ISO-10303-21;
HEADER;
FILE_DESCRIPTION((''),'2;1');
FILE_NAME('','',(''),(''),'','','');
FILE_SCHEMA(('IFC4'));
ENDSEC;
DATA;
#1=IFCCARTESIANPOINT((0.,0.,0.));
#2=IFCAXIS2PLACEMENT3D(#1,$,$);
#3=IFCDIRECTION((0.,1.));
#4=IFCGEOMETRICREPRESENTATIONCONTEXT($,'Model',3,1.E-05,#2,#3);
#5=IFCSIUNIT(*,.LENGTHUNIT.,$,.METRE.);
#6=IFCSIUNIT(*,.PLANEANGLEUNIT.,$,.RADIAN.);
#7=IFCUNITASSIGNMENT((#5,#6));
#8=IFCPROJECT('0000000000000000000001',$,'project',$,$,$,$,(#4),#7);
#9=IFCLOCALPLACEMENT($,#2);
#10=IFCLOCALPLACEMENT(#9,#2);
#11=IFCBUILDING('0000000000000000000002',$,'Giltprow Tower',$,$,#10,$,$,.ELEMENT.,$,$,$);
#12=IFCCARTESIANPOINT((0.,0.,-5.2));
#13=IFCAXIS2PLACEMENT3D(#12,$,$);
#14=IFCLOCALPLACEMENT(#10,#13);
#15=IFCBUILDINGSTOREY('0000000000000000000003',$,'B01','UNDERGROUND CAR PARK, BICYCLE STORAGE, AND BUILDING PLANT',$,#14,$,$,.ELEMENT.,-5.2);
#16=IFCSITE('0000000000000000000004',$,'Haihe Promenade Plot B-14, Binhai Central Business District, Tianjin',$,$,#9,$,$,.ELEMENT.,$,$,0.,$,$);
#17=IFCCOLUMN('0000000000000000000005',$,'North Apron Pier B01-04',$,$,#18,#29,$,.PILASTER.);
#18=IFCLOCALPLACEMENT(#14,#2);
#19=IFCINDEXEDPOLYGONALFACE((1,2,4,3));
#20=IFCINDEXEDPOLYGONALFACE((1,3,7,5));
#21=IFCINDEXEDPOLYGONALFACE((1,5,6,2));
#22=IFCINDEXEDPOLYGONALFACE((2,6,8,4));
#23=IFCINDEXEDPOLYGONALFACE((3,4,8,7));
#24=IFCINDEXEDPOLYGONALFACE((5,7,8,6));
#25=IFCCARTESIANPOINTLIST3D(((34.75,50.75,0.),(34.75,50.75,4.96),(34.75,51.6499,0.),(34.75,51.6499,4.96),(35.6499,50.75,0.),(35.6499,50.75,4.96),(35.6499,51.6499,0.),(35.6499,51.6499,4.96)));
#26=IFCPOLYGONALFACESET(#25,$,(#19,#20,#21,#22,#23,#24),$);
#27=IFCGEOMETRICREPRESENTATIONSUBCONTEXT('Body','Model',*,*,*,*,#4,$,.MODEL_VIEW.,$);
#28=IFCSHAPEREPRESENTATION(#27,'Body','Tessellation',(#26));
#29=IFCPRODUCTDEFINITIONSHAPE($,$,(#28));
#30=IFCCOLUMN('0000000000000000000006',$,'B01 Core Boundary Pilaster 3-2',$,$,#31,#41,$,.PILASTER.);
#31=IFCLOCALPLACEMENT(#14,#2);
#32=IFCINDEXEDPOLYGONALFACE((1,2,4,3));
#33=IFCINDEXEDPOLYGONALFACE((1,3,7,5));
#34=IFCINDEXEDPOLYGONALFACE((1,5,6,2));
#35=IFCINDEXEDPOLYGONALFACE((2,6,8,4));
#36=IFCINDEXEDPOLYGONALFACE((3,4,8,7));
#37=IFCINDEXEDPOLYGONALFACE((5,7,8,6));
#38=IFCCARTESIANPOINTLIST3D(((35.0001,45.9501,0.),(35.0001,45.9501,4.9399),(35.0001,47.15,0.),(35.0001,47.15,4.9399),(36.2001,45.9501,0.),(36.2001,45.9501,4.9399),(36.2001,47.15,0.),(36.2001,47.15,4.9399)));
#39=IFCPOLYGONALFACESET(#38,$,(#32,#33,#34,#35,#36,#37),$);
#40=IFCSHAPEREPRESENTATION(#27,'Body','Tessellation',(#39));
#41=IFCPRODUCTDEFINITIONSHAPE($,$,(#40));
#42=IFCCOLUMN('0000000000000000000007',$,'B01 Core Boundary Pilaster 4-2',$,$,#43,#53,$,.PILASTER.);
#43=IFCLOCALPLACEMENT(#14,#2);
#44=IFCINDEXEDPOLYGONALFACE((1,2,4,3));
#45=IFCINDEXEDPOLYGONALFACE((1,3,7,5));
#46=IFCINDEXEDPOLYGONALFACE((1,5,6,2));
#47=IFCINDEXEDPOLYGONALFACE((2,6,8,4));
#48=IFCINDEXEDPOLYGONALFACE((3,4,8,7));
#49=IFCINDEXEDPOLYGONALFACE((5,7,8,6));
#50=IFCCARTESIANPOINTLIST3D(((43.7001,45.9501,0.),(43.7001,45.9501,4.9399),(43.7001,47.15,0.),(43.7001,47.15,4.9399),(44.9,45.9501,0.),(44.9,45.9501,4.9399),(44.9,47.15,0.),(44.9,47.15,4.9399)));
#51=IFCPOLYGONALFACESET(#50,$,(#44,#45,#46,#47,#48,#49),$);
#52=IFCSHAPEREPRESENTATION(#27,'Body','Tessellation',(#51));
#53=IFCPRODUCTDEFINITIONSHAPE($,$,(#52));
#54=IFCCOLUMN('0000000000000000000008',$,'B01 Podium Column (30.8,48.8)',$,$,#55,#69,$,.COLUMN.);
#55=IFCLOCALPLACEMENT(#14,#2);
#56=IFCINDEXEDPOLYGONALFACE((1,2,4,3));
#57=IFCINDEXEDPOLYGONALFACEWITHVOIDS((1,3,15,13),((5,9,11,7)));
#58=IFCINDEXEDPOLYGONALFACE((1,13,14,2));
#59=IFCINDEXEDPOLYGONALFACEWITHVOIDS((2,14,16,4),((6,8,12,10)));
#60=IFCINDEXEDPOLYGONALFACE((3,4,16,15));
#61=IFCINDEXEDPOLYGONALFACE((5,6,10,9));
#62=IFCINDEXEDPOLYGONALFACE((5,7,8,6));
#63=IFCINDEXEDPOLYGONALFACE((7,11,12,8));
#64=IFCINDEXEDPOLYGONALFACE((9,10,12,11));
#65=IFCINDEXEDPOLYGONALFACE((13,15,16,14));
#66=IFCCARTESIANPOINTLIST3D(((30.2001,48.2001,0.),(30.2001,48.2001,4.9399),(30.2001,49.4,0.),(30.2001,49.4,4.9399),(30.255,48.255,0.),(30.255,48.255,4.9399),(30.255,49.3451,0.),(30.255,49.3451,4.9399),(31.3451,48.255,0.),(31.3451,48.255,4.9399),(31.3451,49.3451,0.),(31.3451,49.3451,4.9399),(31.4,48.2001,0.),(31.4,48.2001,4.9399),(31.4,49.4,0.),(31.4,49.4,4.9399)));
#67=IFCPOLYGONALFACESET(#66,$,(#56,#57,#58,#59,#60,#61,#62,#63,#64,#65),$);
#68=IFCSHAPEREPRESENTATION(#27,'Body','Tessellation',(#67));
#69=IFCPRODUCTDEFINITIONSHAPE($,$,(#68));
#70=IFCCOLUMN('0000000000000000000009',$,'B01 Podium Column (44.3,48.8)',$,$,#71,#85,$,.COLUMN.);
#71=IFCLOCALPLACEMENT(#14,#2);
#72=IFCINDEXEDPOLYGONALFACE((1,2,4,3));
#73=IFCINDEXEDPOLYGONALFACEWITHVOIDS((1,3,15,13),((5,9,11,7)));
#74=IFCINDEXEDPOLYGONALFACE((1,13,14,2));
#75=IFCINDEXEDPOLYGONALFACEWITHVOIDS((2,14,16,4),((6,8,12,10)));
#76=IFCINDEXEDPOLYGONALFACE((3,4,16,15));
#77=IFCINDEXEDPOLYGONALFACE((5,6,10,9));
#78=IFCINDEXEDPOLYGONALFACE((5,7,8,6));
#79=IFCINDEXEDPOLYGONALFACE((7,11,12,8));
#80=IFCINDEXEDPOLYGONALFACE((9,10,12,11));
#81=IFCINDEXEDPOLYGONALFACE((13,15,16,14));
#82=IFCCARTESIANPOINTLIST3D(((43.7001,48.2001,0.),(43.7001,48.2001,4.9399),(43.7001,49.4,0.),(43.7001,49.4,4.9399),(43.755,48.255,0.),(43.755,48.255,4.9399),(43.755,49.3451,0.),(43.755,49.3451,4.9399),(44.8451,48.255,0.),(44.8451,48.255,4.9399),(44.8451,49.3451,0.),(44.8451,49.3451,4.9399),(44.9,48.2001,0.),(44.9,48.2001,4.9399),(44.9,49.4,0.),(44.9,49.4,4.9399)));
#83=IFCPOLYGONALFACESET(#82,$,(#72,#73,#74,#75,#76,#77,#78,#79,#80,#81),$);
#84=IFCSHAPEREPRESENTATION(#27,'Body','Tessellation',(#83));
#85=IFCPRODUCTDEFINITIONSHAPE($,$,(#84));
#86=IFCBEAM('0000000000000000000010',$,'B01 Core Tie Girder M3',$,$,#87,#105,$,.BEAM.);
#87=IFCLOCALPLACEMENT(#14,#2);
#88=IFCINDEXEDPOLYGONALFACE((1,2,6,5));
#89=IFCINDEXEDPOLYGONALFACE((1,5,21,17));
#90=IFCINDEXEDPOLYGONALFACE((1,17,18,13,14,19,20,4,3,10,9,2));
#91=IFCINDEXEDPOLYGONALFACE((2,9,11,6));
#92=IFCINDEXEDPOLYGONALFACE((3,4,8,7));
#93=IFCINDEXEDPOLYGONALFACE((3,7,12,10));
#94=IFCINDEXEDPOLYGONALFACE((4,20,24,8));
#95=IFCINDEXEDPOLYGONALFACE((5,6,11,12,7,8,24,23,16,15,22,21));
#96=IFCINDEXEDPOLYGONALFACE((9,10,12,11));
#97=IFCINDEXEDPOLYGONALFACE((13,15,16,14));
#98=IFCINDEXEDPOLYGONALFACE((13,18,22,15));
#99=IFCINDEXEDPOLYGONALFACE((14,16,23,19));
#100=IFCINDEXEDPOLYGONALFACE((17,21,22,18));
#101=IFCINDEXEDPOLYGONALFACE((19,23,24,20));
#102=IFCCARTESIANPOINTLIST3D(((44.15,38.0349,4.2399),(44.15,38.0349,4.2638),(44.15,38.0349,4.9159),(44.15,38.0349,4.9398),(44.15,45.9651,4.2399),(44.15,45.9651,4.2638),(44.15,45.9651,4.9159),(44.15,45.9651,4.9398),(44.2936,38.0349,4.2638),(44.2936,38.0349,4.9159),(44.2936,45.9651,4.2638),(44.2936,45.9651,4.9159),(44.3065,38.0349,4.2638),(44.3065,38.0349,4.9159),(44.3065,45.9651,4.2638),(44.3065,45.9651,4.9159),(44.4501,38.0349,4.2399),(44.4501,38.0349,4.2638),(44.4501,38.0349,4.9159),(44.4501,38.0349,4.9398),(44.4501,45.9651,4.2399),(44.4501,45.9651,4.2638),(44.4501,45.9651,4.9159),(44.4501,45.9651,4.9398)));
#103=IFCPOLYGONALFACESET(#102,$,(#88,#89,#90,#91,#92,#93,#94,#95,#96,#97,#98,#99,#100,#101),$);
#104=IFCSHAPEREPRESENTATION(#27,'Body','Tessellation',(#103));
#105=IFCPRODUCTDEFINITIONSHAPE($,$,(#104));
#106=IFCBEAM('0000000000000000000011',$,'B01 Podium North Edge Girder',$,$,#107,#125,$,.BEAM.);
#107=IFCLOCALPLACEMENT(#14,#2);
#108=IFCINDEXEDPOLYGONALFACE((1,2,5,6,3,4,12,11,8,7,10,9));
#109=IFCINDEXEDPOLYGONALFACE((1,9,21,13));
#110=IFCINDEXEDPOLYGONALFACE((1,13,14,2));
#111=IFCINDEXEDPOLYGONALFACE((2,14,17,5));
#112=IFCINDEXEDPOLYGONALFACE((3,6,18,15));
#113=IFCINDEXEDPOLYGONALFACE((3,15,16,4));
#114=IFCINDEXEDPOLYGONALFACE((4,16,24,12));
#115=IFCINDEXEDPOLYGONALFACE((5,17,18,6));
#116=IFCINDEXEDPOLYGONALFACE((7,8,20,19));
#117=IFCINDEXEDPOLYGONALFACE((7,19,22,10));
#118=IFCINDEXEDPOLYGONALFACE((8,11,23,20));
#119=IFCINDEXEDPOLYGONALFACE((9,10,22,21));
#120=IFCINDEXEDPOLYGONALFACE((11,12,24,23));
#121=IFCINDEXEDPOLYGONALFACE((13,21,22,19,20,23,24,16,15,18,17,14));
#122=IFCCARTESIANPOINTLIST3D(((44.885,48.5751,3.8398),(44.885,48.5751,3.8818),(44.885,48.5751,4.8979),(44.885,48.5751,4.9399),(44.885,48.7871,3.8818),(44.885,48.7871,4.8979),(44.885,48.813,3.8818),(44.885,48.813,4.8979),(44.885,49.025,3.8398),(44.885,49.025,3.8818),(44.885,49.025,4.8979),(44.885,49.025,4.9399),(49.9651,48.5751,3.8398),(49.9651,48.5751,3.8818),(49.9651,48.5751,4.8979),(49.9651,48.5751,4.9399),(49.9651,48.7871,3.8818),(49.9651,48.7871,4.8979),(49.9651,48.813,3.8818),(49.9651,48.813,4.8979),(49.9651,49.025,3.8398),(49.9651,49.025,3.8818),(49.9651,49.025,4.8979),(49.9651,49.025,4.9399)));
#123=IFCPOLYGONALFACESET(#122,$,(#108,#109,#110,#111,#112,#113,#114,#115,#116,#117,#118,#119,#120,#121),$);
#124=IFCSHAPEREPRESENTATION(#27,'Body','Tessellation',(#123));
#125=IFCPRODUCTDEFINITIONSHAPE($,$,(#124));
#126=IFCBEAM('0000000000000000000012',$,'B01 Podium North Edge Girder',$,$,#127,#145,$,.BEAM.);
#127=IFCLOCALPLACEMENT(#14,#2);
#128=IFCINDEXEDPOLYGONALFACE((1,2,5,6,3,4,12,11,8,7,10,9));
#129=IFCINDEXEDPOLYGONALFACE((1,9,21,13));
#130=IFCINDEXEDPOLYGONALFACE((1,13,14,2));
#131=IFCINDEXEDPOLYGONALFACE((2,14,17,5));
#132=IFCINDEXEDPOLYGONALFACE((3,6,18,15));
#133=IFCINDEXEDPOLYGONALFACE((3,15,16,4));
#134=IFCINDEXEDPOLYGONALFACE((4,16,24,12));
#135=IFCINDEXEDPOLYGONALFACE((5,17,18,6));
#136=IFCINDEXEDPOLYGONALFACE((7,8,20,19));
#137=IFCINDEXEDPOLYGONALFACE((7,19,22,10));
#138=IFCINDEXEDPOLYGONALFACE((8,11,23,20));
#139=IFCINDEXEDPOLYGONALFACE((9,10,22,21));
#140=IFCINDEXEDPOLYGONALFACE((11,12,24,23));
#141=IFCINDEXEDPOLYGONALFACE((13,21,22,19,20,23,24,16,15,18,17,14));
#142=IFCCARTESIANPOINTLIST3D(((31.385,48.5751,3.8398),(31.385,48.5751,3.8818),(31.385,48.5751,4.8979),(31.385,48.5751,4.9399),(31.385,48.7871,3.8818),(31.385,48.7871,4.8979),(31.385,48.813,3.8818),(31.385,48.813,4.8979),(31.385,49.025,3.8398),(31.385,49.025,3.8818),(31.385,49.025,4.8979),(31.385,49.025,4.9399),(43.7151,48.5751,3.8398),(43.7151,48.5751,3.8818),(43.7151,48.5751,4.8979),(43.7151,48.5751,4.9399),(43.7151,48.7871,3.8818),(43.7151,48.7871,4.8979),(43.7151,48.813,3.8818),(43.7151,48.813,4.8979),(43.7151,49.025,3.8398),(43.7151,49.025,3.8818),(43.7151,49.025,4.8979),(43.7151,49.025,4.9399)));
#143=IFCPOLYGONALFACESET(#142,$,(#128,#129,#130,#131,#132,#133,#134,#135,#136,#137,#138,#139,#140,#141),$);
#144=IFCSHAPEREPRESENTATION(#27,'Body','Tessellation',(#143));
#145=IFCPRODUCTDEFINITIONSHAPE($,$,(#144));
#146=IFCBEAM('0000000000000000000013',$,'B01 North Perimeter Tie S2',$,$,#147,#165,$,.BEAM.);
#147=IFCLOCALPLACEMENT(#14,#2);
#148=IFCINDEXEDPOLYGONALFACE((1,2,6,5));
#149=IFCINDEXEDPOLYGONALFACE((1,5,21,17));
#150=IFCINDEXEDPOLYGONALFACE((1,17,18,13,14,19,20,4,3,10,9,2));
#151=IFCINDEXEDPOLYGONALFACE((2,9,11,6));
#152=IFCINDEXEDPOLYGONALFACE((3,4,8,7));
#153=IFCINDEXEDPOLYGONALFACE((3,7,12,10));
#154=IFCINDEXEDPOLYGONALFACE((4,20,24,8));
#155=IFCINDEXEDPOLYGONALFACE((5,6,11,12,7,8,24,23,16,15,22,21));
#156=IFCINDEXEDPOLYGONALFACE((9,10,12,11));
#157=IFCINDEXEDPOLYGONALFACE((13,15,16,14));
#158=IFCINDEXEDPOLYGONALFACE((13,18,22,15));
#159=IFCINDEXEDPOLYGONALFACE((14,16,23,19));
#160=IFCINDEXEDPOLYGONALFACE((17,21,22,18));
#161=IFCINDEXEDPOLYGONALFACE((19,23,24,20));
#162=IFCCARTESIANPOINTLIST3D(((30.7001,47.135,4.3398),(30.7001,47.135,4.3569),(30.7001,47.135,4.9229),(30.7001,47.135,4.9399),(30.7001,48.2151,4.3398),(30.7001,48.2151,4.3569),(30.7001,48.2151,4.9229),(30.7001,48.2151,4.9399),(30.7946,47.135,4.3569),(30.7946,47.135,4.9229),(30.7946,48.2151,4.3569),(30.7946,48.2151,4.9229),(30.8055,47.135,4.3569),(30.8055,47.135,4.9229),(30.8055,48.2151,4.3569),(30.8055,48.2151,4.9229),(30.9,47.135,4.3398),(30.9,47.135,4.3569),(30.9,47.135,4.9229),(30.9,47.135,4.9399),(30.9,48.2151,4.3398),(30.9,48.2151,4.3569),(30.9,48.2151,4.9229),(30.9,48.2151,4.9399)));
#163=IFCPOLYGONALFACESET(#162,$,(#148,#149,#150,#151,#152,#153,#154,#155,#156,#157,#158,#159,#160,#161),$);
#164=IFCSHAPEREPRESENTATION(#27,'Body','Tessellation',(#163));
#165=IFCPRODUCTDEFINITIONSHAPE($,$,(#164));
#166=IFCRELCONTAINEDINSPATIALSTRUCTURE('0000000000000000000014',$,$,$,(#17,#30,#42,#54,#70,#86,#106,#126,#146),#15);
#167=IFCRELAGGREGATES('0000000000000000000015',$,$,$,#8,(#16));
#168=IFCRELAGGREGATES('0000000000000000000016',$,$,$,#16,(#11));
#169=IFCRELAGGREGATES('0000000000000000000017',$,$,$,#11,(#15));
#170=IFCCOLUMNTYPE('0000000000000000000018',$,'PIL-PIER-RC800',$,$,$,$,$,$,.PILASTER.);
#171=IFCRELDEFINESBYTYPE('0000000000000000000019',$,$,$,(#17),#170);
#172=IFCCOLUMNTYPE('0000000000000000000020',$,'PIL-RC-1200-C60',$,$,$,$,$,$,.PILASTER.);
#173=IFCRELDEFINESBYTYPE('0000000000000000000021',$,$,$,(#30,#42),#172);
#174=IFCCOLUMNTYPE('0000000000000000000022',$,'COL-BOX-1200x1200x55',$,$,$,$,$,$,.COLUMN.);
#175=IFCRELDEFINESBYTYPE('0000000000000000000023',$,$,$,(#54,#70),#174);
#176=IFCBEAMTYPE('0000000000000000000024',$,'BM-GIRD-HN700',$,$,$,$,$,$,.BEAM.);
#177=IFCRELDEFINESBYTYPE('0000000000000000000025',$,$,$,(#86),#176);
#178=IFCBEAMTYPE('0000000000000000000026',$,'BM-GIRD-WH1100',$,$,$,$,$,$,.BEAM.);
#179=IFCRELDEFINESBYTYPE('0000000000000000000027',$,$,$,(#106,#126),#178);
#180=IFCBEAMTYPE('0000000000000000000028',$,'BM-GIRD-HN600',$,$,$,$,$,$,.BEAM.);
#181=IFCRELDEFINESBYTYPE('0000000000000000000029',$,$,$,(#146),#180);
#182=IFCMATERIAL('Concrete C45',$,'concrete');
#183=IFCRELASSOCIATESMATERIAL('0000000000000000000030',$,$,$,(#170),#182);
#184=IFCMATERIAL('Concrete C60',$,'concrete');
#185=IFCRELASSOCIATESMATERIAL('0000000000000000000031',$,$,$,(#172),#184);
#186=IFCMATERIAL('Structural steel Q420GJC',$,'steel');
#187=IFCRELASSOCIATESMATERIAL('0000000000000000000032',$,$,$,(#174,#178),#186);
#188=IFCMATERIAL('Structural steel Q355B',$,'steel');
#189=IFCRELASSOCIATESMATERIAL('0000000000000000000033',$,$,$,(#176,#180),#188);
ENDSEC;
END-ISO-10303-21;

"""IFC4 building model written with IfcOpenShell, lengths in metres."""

from ifc_helpers import new_model, si_unit, direction, frame, origin, origin_2d, place, context, subcontext, project, spatial, rectangle, hollow_rectangle, i_section, extrude, source, transform, mapped, material, material_profile, profile_set, type_object, element, save


model = new_model("IFC4")

# Units and contexts
model_context = context("Model", 3, precision=1e-05, world=origin(), true_north=direction((0.0, 1.0)))
body_context = subcontext(model_context, "Body", "Model", "MODEL_VIEW")
ifc_project = project(units=[si_unit("LENGTHUNIT", "METRE"), si_unit("PLANEANGLEUNIT", "RADIAN")], contexts=[model_context])

# Site, building, storey
site_placement = place(None, origin())
site = spatial("IfcSite", under=ifc_project, at=site_placement, Name="Haihe Promenade Plot B-14, Binhai Central Business District, Tianjin", CompositionType="ELEMENT", RefElevation=0.0)
building_placement = place(site_placement, origin())
building = spatial("IfcBuilding", under=site, at=building_placement, Name="Giltprow Tower", CompositionType="ELEMENT")
storey_placement = place(building_placement, frame((0.0, 0.0, -5.2)))
storey = spatial("IfcBuildingStorey", under=building, at=storey_placement, Name="B01", Description="UNDERGROUND CAR PARK, BICYCLE STORAGE, AND BUILDING PLANT", CompositionType="ELEMENT", Elevation=-5.2)

# Columns
ifc_material_1 = material(Name="Concrete C45", Category="concrete")
ifc_material_profile_1 = material_profile(ifc_material_1, rectangle(XDim=0.8999, YDim=0.8999, at=origin_2d()), Name="RC 900x900")
ifc_profile_set_1 = profile_set([ifc_material_profile_1], Name="Concrete C45")
column_type_1 = type_object("IfcColumnType", Name="PIL-PIER-RC800", PredefinedType="PILASTER", material=ifc_profile_set_1)
shared_shape_1 = source(origin(), body_context, "Body", "SweptSolid", [
    extrude(rectangle(XDim=0.8999, YDim=0.8999, at=origin_2d()), origin(), (0.0, 0.0, 1.0), 4.96),
])
column_placement = place(storey_placement, frame((35.2, 51.2, 0.0), z_axis=(0.0, 0.0, 1.0), x_axis=(1.0, 0.0, 0.0)))
element("IfcColumn", 1, at=column_placement, inside=storey, type_object=column_type_1, Name="North Apron Pier B01-04", PredefinedType="PILASTER", context=body_context, shape_type="MappedRepresentation", body=[
    mapped(shared_shape_1, transform((0.0, 0.0, 0.0), x_axis=(1.0, 0.0, 0.0), y_axis=(0.0, 1.0, 0.0), z_axis=(0.0, 0.0, 1.0), scale=1.0)),
])
ifc_material_2 = material(Name="Concrete C60", Category="concrete")
ifc_material_profile_2 = material_profile(ifc_material_2, rectangle(XDim=1.2, YDim=1.2, at=origin_2d()), Name="RC 1200x1200")
ifc_profile_set_2 = profile_set([ifc_material_profile_2], Name="Concrete C60")
column_type_2 = type_object("IfcColumnType", Name="PIL-RC-1200-C60", PredefinedType="PILASTER", material=ifc_profile_set_2)
shared_shape_2 = source(origin(), body_context, "Body", "SweptSolid", [
    extrude(rectangle(XDim=1.2, YDim=1.2, at=origin_2d()), origin(), (0.0, 0.0, 1.0), 4.9399),
])
for number, where, z_axis, x_axis, name in (
    (2, (35.6001, 46.55, 0.0), (0.0, 0.0, 1.0), (1.0, 0.0, 0.0), "B01 Core Boundary Pilaster 3-2"),
    (3, (44.3, 46.55, 0.0), (0.0, 0.0, 1.0), (1.0, 0.0, 0.0), "B01 Core Boundary Pilaster 4-2"),
):
    element("IfcColumn", number, at=place(storey_placement, frame(where, z_axis=z_axis, x_axis=x_axis)), inside=storey, type_object=column_type_2, Name=name, PredefinedType="PILASTER", context=body_context, shape_type="MappedRepresentation", body=[
        mapped(shared_shape_2, transform((0.0, 0.0, 0.0), x_axis=(1.0, 0.0, 0.0), y_axis=(0.0, 1.0, 0.0), z_axis=(0.0, 0.0, 1.0), scale=1.0)),
    ])
ifc_material_3 = material(Name="Structural steel Q420GJC", Category="steel")
ifc_material_profile_3 = material_profile(ifc_material_3, hollow_rectangle(XDim=1.2, YDim=1.2, WallThickness=0.0549, at=origin_2d()), Name="BOX 1200x1200x55")
ifc_profile_set_3 = profile_set([ifc_material_profile_3], Name="Structural steel Q420GJC")
column_type_3 = type_object("IfcColumnType", Name="COL-BOX-1200x1200x55", PredefinedType="COLUMN", material=ifc_profile_set_3)
shared_shape_3 = source(origin(), body_context, "Body", "SweptSolid", [
    extrude(hollow_rectangle(XDim=1.2, YDim=1.2, WallThickness=0.0549, at=origin_2d()), origin(), (0.0, 0.0, 1.0), 4.9399),
])
for number, where, z_axis, x_axis, name in (
    (4, (30.8, 48.8, 0.0), (0.0, 0.0, 1.0), (1.0, 0.0, 0.0), "B01 Podium Column (30.8,48.8)"),
    (5, (44.3, 48.8, 0.0), (0.0, 0.0, 1.0), (1.0, 0.0, 0.0), "B01 Podium Column (44.3,48.8)"),
):
    element("IfcColumn", number, at=place(storey_placement, frame(where, z_axis=z_axis, x_axis=x_axis)), inside=storey, type_object=column_type_3, Name=name, PredefinedType="COLUMN", context=body_context, shape_type="MappedRepresentation", body=[
        mapped(shared_shape_3, transform((0.0, 0.0, 0.0), x_axis=(1.0, 0.0, 0.0), y_axis=(0.0, 1.0, 0.0), z_axis=(0.0, 0.0, 1.0), scale=1.0)),
    ])

# Beams
ifc_material_4 = material(Name="Structural steel Q355B", Category="steel")
ifc_material_profile_4 = material_profile(ifc_material_4, i_section(OverallWidth=0.3, OverallDepth=0.7, WebThickness=0.0129, FlangeThickness=0.0239, at=origin_2d()), Name="HN 700x300x13x24")
ifc_profile_set_4 = profile_set([ifc_material_profile_4], Name="Structural steel Q355B")
beam_type_1 = type_object("IfcBeamType", Name="BM-GIRD-HN700", PredefinedType="BEAM", material=ifc_profile_set_4)
shared_shape_4 = source(origin(), body_context, "Body", "SweptSolid", [
    extrude(i_section(OverallWidth=0.3, OverallDepth=0.7, WebThickness=0.0129, FlangeThickness=0.0239, at=origin_2d()), origin(), (0.0, 0.0, 1.0), 7.9302),
])
beam_1_placement = place(storey_placement, frame((44.3, 38.0349, 4.5898), z_axis=(0.0, 1.0, 0.0), x_axis=(-1.0, 0.0, 0.0)))
element("IfcBeam", 6, at=beam_1_placement, inside=storey, type_object=beam_type_1, Name="B01 Core Tie Girder M3", PredefinedType="BEAM", context=body_context, shape_type="MappedRepresentation", body=[
    mapped(shared_shape_4, transform((0.0, 0.0, 0.0), x_axis=(1.0, 0.0, 0.0), y_axis=(0.0, 1.0, 0.0), z_axis=(0.0, 0.0, 1.0), scale=1.0)),
])
ifc_material_profile_5 = material_profile(ifc_material_3, i_section(OverallWidth=0.45, OverallDepth=1.1001, WebThickness=0.0259, FlangeThickness=0.042, at=origin_2d()), Name="WH 1100x450x26x42")
ifc_profile_set_5 = profile_set([ifc_material_profile_5], Name="Structural steel Q420GJC")
beam_type_2 = type_object("IfcBeamType", Name="BM-GIRD-WH1100", PredefinedType="BEAM", material=ifc_profile_set_5)
shared_shape_5 = source(origin(), body_context, "Body", "SweptSolid", [
    extrude(i_section(OverallWidth=0.45, OverallDepth=1.1001, WebThickness=0.0259, FlangeThickness=0.042, at=origin_2d()), origin(), (0.0, 0.0, 1.0), 5.0801),
])
beam_2_placement = place(storey_placement, frame((44.885, 48.8, 4.3899), z_axis=(1.0, 0.0, 0.0), x_axis=(0.0, 1.0, 0.0)))
element("IfcBeam", 7, at=beam_2_placement, inside=storey, type_object=beam_type_2, Name="B01 Podium North Edge Girder", PredefinedType="BEAM", context=body_context, shape_type="MappedRepresentation", body=[
    mapped(shared_shape_5, transform((0.0, 0.0, 0.0), x_axis=(1.0, 0.0, 0.0), y_axis=(0.0, 1.0, 0.0), z_axis=(0.0, 0.0, 1.0), scale=1.0)),
])
shared_shape_6 = source(origin(), body_context, "Body", "SweptSolid", [
    extrude(i_section(OverallWidth=0.45, OverallDepth=1.1001, WebThickness=0.0259, FlangeThickness=0.042, at=origin_2d()), origin(), (0.0, 0.0, 1.0), 12.3301),
])
beam_3_placement = place(storey_placement, frame((31.385, 48.8, 4.3899), z_axis=(1.0, 0.0, 0.0), x_axis=(0.0, 1.0, 0.0)))
element("IfcBeam", 8, at=beam_3_placement, inside=storey, type_object=beam_type_2, Name="B01 Podium North Edge Girder", PredefinedType="BEAM", context=body_context, shape_type="MappedRepresentation", body=[
    mapped(shared_shape_6, transform((0.0, 0.0, 0.0), x_axis=(1.0, 0.0, 0.0), y_axis=(0.0, 1.0, 0.0), z_axis=(0.0, 0.0, 1.0), scale=1.0)),
])
ifc_material_profile_6 = material_profile(ifc_material_4, i_section(OverallWidth=0.2, OverallDepth=0.6001, WebThickness=0.011, FlangeThickness=0.0171, at=origin_2d()), Name="HN 600x200x11x17")
ifc_profile_set_6 = profile_set([ifc_material_profile_6], Name="Structural steel Q355B")
beam_type_3 = type_object("IfcBeamType", Name="BM-GIRD-HN600", PredefinedType="BEAM", material=ifc_profile_set_6)
shared_shape_7 = source(origin(), body_context, "Body", "SweptSolid", [
    extrude(i_section(OverallWidth=0.2, OverallDepth=0.6001, WebThickness=0.011, FlangeThickness=0.0171, at=origin_2d()), origin(), (0.0, 0.0, 1.0), 1.0801),
])
for number, where, z_axis, x_axis, name in (
    (9, (30.8, 47.135, 4.6399), (0.0, 1.0, 0.0), (-1.0, 0.0, 0.0), "B01 North Perimeter Tie S2"),
):
    element("IfcBeam", number, at=place(storey_placement, frame(where, z_axis=z_axis, x_axis=x_axis)), inside=storey, type_object=beam_type_3, Name=name, PredefinedType="BEAM", context=body_context, shape_type="MappedRepresentation", body=[
        mapped(shared_shape_7, transform((0.0, 0.0, 0.0), x_axis=(1.0, 0.0, 0.0), y_axis=(0.0, 1.0, 0.0), z_axis=(0.0, 0.0, 1.0), scale=1.0)),
    ])

save(model, "model.ifc")
